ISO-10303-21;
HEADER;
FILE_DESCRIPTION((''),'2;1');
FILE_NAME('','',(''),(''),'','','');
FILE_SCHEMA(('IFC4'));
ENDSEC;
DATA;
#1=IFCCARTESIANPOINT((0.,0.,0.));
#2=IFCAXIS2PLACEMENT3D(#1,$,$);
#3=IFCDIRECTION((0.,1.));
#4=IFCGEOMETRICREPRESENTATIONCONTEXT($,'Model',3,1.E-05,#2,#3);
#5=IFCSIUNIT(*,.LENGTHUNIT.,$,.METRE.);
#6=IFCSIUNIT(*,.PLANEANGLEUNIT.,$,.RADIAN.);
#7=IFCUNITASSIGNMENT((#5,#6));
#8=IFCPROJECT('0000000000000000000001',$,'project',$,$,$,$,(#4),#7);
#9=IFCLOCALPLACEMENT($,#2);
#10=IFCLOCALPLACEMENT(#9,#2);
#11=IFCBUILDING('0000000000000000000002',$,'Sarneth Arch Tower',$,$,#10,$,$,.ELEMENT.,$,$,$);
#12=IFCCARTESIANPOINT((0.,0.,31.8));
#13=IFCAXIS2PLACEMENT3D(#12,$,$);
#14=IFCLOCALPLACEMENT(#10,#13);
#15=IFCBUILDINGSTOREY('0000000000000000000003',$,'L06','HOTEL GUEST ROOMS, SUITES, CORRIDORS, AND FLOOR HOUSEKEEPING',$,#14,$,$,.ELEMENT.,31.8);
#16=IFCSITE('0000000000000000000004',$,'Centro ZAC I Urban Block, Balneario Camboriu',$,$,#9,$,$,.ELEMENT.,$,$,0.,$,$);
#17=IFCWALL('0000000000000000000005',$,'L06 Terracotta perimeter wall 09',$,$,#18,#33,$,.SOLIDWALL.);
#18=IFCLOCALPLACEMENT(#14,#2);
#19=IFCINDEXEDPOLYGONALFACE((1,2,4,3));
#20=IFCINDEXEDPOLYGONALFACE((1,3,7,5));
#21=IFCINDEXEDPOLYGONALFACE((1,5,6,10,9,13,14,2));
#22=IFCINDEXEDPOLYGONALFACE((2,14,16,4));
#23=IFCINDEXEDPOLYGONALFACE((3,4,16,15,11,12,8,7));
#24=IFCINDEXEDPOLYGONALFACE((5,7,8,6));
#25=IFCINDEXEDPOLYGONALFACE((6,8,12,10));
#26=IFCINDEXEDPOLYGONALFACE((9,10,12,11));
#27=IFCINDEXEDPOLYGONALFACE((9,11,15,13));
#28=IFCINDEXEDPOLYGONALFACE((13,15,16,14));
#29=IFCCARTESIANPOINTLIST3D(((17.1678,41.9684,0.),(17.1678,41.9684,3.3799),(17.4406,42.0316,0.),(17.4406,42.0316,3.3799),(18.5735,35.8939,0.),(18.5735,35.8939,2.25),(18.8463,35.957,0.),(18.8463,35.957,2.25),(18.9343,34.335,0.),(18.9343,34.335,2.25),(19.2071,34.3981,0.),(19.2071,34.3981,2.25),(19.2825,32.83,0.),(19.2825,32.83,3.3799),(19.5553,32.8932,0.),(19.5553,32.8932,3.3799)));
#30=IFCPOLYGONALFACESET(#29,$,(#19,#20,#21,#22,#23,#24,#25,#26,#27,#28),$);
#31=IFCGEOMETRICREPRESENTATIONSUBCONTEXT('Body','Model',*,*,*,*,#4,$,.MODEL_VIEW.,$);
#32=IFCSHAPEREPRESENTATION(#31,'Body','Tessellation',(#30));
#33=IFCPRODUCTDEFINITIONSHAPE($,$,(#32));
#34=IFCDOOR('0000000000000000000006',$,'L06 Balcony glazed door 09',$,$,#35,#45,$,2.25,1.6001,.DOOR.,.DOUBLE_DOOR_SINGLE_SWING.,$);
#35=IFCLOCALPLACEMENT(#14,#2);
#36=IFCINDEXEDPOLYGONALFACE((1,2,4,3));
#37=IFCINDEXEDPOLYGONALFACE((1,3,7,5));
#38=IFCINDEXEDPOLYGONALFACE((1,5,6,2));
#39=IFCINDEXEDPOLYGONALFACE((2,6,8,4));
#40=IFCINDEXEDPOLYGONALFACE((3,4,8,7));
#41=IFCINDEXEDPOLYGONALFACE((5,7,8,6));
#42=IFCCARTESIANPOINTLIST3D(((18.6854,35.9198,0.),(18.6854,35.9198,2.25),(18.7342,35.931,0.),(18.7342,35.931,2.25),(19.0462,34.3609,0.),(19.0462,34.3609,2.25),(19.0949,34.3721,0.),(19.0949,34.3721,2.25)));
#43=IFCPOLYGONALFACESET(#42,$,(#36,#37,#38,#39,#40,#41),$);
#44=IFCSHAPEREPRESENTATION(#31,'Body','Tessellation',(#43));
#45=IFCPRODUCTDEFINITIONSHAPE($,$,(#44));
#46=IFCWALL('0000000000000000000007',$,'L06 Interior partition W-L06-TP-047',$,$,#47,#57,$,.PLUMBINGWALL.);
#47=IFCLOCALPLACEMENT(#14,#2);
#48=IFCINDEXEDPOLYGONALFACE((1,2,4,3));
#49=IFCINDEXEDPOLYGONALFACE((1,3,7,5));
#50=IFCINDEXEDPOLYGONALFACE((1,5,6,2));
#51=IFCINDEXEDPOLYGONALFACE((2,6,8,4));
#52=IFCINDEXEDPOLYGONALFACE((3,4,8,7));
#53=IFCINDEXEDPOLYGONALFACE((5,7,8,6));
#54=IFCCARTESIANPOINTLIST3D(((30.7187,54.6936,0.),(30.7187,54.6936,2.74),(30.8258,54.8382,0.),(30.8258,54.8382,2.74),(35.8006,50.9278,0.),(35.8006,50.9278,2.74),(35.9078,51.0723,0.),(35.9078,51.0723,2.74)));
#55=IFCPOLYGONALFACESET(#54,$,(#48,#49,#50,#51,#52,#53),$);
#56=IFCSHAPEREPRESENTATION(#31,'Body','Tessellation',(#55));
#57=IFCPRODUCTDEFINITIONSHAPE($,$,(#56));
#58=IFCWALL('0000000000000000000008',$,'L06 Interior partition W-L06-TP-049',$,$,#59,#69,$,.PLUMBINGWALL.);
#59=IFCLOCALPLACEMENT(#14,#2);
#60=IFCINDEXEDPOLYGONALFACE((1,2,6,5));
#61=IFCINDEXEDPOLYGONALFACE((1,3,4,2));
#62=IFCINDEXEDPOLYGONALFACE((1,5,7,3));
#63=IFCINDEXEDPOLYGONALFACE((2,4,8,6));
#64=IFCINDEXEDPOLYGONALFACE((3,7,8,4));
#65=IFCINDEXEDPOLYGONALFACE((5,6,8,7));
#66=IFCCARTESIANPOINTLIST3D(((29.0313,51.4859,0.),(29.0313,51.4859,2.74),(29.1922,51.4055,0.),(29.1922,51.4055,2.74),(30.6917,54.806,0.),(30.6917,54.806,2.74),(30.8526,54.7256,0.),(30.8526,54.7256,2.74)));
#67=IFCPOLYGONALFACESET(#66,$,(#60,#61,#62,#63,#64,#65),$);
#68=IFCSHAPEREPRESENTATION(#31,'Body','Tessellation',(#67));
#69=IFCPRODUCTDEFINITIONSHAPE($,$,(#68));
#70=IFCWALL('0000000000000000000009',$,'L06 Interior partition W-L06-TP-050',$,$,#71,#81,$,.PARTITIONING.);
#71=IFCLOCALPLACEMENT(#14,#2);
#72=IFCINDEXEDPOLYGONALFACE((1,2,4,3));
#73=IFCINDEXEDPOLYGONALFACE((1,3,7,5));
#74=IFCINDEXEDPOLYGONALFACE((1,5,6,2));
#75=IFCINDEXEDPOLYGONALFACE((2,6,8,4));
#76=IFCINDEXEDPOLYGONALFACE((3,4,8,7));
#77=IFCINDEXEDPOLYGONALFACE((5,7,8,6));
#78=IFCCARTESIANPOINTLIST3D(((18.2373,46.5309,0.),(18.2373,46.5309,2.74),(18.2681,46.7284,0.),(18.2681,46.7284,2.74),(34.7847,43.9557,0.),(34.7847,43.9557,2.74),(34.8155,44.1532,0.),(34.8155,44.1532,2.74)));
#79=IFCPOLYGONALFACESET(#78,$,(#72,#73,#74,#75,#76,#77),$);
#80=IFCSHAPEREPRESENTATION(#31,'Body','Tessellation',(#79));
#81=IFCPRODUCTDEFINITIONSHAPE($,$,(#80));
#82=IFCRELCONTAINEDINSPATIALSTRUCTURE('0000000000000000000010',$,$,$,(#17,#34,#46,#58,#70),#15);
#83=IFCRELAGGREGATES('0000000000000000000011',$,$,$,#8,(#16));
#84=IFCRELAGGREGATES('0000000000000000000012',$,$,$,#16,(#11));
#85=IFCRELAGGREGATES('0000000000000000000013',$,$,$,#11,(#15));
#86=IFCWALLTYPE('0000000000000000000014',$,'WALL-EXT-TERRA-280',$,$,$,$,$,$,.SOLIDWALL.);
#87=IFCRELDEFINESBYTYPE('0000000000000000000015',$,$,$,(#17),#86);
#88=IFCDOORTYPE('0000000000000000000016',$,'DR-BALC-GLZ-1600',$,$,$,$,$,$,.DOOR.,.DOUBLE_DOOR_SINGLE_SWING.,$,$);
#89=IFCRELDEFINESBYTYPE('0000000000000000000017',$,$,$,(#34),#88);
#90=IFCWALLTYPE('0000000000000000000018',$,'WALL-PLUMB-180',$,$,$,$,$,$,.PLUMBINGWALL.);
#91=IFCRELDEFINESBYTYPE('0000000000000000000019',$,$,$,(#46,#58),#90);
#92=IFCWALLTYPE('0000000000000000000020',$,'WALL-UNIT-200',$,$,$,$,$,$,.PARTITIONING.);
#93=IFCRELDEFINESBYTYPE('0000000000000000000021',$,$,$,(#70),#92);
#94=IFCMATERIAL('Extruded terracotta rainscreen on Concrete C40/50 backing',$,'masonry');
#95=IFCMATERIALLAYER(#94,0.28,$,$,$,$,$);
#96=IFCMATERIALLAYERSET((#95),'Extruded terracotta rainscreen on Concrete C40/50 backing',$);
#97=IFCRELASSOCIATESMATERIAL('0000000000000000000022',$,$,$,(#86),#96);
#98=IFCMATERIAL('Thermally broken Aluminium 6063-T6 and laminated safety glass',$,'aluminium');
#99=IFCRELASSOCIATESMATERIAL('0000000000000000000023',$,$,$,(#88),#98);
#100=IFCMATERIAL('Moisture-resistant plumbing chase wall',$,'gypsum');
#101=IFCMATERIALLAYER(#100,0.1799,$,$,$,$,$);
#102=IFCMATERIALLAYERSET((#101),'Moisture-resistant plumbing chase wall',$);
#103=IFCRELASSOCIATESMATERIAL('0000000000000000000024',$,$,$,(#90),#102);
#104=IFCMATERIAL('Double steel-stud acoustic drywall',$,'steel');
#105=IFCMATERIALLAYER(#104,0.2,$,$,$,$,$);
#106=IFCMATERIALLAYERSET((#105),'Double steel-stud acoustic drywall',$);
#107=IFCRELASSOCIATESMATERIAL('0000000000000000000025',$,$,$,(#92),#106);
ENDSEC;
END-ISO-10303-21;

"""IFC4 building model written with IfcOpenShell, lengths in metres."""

from ifc_helpers import new_model, si_unit, direction, frame, frame_2d, origin, place, context, subcontext, project, spatial, rectangle, extrude, material, layer, layer_set, type_object, element, fill, save


model = new_model("IFC4")

# Units and contexts
model_context = context("Model", 3, precision=1e-05, world=origin(), true_north=direction((0.0, 1.0)))
body_context = subcontext(model_context, "Body", "Model", "MODEL_VIEW")
ifc_project = project(units=[si_unit("LENGTHUNIT", "METRE"), si_unit("PLANEANGLEUNIT", "RADIAN")], contexts=[model_context])

# Site, building, storey
site_placement = place(None, origin())
site = spatial("IfcSite", under=ifc_project, at=site_placement, Name="Centro ZAC I Urban Block, Balneario Camboriu", CompositionType="ELEMENT", RefElevation=0.0)
building_placement = place(site_placement, origin())
building = spatial("IfcBuilding", under=site, at=building_placement, Name="Sarneth Arch Tower", CompositionType="ELEMENT")
storey_placement = place(building_placement, frame((0.0, 0.0, 31.8)))
storey = spatial("IfcBuildingStorey", under=building, at=storey_placement, Name="L06", Description="HOTEL GUEST ROOMS, SUITES, CORRIDORS, AND FLOOR HOUSEKEEPING", CompositionType="ELEMENT", Elevation=31.8)

# Wall, opening, door
ifc_material_1 = material(Name="Extruded terracotta rainscreen on Concrete C40/50 backing", Category="masonry")
ifc_layer_1 = layer(ifc_material_1, 0.28)
ifc_layer_set_1 = layer_set([ifc_layer_1], Name="Extruded terracotta rainscreen on Concrete C40/50 backing")
wall_type_1 = type_object("IfcWallType", Name="WALL-EXT-TERRA-280", PredefinedType="SOLIDWALL", material=ifc_layer_set_1)
wall_1_placement = place(storey_placement, frame((17.3042, 42.0, 0.0), z_axis=(0.0, 0.0, 1.0), x_axis=(0.225454, -0.974254, 0.0)))
wall_1 = element("IfcWall", 1, at=wall_1_placement, inside=storey, type_object=wall_type_1, Name="L06 Terracotta perimeter wall 09", PredefinedType="SOLIDWALL", context=body_context, shape_type="SweptSolid", body=[
    extrude(rectangle(XDim=9.3799, YDim=0.28, at=frame_2d((4.6899, 0.0))), origin(), (0.0, 0.0, 1.0), 3.3799),
])
opening_placement = place(wall_1_placement, frame((6.2351, 0.0, 0.0)))
opening = element("IfcOpeningElement", 2, at=opening_placement, cuts=wall_1, PredefinedType="OPENING", context=body_context, shape_type="SweptSolid", body=[
    extrude(rectangle(XDim=1.6001, YDim=2.25, at=frame_2d((0.8, 1.125))), frame((0.0, 0.1499, 0.0), z_axis=(0.0, -1.0, 0.0), x_axis=(1.0, 0.0, 0.0)), (0.0, 0.0, 1.0), 0.3),
])
ifc_material_2 = material(Name="Thermally broken Aluminium 6063-T6 and laminated safety glass", Category="aluminium")
door_type = type_object("IfcDoorType", Name="DR-BALC-GLZ-1600", OperationType="DOUBLE_DOOR_SINGLE_SWING", PredefinedType="DOOR", material=ifc_material_2)
door_placement = place(opening_placement, origin())
door = element("IfcDoor", 3, at=door_placement, inside=storey, type_object=door_type, Name="L06 Balcony glazed door 09", OperationType="DOUBLE_DOOR_SINGLE_SWING", OverallHeight=2.25, OverallWidth=1.6001, PredefinedType="DOOR", context=body_context, shape_type="SweptSolid", body=[
    extrude(rectangle(XDim=1.6001, YDim=2.25, at=frame_2d((0.8, 1.125))), frame((0.0, 0.0249, 0.0), z_axis=(0.0, -1.0, 0.0), x_axis=(1.0, 0.0, 0.0)), (0.0, 0.0, 1.0), 0.05),
])
fill(opening, door)

# Walls
ifc_material_3 = material(Name="Moisture-resistant plumbing chase wall", Category="gypsum")
ifc_layer_2 = layer(ifc_material_3, 0.1799)
ifc_layer_set_2 = layer_set([ifc_layer_2], Name="Moisture-resistant plumbing chase wall")
wall_type_2 = type_object("IfcWallType", Name="WALL-PLUMB-180", PredefinedType="PLUMBINGWALL", material=ifc_layer_set_2)
wall_2_placement = place(storey_placement, frame((30.7722, 54.7659, 0.0), z_axis=(0.0, 0.0, 1.0), x_axis=(0.803451, -0.595371, 0.0)))
element("IfcWall", 4, at=wall_2_placement, inside=storey, type_object=wall_type_2, Name="L06 Interior partition W-L06-TP-047", PredefinedType="PLUMBINGWALL", context=body_context, shape_type="SweptSolid", body=[
    extrude(rectangle(XDim=6.3252, YDim=0.1799, at=frame_2d((3.1626, 0.0))), origin(), (0.0, 0.0, 1.0), 2.74),
])
wall_3_placement = place(storey_placement, frame((29.1118, 51.4458, 0.0), z_axis=(0.0, 0.0, 1.0), x_axis=(0.447293, 0.894388, 0.0)))
element("IfcWall", 5, at=wall_3_placement, inside=storey, type_object=wall_type_2, Name="L06 Interior partition W-L06-TP-049", PredefinedType="PLUMBINGWALL", context=body_context, shape_type="SweptSolid", body=[
    extrude(rectangle(XDim=3.7122, YDim=0.1799, at=frame_2d((1.856, 0.0))), origin(), (0.0, 0.0, 1.0), 2.74),
])
ifc_material_4 = material(Name="Double steel-stud acoustic drywall", Category="steel")
ifc_layer_3 = layer(ifc_material_4, 0.2)
ifc_layer_set_3 = layer_set([ifc_layer_3], Name="Double steel-stud acoustic drywall")
wall_type_3 = type_object("IfcWallType", Name="WALL-UNIT-200", PredefinedType="PARTITIONING", material=ifc_layer_set_3)
wall_4_placement = place(storey_placement, frame((18.2527, 46.6296, 0.0), z_axis=(0.0, 0.0, 1.0), x_axis=(0.988106, -0.153775, 0.0)))
element("IfcWall", 6, at=wall_4_placement, inside=storey, type_object=wall_type_3, Name="L06 Interior partition W-L06-TP-050", PredefinedType="PARTITIONING", context=body_context, shape_type="SweptSolid", body=[
    extrude(rectangle(XDim=16.7466, YDim=0.2, at=frame_2d((8.3733, 0.0))), origin(), (0.0, 0.0, 1.0), 2.74),
])

save(model, "model.ifc")
